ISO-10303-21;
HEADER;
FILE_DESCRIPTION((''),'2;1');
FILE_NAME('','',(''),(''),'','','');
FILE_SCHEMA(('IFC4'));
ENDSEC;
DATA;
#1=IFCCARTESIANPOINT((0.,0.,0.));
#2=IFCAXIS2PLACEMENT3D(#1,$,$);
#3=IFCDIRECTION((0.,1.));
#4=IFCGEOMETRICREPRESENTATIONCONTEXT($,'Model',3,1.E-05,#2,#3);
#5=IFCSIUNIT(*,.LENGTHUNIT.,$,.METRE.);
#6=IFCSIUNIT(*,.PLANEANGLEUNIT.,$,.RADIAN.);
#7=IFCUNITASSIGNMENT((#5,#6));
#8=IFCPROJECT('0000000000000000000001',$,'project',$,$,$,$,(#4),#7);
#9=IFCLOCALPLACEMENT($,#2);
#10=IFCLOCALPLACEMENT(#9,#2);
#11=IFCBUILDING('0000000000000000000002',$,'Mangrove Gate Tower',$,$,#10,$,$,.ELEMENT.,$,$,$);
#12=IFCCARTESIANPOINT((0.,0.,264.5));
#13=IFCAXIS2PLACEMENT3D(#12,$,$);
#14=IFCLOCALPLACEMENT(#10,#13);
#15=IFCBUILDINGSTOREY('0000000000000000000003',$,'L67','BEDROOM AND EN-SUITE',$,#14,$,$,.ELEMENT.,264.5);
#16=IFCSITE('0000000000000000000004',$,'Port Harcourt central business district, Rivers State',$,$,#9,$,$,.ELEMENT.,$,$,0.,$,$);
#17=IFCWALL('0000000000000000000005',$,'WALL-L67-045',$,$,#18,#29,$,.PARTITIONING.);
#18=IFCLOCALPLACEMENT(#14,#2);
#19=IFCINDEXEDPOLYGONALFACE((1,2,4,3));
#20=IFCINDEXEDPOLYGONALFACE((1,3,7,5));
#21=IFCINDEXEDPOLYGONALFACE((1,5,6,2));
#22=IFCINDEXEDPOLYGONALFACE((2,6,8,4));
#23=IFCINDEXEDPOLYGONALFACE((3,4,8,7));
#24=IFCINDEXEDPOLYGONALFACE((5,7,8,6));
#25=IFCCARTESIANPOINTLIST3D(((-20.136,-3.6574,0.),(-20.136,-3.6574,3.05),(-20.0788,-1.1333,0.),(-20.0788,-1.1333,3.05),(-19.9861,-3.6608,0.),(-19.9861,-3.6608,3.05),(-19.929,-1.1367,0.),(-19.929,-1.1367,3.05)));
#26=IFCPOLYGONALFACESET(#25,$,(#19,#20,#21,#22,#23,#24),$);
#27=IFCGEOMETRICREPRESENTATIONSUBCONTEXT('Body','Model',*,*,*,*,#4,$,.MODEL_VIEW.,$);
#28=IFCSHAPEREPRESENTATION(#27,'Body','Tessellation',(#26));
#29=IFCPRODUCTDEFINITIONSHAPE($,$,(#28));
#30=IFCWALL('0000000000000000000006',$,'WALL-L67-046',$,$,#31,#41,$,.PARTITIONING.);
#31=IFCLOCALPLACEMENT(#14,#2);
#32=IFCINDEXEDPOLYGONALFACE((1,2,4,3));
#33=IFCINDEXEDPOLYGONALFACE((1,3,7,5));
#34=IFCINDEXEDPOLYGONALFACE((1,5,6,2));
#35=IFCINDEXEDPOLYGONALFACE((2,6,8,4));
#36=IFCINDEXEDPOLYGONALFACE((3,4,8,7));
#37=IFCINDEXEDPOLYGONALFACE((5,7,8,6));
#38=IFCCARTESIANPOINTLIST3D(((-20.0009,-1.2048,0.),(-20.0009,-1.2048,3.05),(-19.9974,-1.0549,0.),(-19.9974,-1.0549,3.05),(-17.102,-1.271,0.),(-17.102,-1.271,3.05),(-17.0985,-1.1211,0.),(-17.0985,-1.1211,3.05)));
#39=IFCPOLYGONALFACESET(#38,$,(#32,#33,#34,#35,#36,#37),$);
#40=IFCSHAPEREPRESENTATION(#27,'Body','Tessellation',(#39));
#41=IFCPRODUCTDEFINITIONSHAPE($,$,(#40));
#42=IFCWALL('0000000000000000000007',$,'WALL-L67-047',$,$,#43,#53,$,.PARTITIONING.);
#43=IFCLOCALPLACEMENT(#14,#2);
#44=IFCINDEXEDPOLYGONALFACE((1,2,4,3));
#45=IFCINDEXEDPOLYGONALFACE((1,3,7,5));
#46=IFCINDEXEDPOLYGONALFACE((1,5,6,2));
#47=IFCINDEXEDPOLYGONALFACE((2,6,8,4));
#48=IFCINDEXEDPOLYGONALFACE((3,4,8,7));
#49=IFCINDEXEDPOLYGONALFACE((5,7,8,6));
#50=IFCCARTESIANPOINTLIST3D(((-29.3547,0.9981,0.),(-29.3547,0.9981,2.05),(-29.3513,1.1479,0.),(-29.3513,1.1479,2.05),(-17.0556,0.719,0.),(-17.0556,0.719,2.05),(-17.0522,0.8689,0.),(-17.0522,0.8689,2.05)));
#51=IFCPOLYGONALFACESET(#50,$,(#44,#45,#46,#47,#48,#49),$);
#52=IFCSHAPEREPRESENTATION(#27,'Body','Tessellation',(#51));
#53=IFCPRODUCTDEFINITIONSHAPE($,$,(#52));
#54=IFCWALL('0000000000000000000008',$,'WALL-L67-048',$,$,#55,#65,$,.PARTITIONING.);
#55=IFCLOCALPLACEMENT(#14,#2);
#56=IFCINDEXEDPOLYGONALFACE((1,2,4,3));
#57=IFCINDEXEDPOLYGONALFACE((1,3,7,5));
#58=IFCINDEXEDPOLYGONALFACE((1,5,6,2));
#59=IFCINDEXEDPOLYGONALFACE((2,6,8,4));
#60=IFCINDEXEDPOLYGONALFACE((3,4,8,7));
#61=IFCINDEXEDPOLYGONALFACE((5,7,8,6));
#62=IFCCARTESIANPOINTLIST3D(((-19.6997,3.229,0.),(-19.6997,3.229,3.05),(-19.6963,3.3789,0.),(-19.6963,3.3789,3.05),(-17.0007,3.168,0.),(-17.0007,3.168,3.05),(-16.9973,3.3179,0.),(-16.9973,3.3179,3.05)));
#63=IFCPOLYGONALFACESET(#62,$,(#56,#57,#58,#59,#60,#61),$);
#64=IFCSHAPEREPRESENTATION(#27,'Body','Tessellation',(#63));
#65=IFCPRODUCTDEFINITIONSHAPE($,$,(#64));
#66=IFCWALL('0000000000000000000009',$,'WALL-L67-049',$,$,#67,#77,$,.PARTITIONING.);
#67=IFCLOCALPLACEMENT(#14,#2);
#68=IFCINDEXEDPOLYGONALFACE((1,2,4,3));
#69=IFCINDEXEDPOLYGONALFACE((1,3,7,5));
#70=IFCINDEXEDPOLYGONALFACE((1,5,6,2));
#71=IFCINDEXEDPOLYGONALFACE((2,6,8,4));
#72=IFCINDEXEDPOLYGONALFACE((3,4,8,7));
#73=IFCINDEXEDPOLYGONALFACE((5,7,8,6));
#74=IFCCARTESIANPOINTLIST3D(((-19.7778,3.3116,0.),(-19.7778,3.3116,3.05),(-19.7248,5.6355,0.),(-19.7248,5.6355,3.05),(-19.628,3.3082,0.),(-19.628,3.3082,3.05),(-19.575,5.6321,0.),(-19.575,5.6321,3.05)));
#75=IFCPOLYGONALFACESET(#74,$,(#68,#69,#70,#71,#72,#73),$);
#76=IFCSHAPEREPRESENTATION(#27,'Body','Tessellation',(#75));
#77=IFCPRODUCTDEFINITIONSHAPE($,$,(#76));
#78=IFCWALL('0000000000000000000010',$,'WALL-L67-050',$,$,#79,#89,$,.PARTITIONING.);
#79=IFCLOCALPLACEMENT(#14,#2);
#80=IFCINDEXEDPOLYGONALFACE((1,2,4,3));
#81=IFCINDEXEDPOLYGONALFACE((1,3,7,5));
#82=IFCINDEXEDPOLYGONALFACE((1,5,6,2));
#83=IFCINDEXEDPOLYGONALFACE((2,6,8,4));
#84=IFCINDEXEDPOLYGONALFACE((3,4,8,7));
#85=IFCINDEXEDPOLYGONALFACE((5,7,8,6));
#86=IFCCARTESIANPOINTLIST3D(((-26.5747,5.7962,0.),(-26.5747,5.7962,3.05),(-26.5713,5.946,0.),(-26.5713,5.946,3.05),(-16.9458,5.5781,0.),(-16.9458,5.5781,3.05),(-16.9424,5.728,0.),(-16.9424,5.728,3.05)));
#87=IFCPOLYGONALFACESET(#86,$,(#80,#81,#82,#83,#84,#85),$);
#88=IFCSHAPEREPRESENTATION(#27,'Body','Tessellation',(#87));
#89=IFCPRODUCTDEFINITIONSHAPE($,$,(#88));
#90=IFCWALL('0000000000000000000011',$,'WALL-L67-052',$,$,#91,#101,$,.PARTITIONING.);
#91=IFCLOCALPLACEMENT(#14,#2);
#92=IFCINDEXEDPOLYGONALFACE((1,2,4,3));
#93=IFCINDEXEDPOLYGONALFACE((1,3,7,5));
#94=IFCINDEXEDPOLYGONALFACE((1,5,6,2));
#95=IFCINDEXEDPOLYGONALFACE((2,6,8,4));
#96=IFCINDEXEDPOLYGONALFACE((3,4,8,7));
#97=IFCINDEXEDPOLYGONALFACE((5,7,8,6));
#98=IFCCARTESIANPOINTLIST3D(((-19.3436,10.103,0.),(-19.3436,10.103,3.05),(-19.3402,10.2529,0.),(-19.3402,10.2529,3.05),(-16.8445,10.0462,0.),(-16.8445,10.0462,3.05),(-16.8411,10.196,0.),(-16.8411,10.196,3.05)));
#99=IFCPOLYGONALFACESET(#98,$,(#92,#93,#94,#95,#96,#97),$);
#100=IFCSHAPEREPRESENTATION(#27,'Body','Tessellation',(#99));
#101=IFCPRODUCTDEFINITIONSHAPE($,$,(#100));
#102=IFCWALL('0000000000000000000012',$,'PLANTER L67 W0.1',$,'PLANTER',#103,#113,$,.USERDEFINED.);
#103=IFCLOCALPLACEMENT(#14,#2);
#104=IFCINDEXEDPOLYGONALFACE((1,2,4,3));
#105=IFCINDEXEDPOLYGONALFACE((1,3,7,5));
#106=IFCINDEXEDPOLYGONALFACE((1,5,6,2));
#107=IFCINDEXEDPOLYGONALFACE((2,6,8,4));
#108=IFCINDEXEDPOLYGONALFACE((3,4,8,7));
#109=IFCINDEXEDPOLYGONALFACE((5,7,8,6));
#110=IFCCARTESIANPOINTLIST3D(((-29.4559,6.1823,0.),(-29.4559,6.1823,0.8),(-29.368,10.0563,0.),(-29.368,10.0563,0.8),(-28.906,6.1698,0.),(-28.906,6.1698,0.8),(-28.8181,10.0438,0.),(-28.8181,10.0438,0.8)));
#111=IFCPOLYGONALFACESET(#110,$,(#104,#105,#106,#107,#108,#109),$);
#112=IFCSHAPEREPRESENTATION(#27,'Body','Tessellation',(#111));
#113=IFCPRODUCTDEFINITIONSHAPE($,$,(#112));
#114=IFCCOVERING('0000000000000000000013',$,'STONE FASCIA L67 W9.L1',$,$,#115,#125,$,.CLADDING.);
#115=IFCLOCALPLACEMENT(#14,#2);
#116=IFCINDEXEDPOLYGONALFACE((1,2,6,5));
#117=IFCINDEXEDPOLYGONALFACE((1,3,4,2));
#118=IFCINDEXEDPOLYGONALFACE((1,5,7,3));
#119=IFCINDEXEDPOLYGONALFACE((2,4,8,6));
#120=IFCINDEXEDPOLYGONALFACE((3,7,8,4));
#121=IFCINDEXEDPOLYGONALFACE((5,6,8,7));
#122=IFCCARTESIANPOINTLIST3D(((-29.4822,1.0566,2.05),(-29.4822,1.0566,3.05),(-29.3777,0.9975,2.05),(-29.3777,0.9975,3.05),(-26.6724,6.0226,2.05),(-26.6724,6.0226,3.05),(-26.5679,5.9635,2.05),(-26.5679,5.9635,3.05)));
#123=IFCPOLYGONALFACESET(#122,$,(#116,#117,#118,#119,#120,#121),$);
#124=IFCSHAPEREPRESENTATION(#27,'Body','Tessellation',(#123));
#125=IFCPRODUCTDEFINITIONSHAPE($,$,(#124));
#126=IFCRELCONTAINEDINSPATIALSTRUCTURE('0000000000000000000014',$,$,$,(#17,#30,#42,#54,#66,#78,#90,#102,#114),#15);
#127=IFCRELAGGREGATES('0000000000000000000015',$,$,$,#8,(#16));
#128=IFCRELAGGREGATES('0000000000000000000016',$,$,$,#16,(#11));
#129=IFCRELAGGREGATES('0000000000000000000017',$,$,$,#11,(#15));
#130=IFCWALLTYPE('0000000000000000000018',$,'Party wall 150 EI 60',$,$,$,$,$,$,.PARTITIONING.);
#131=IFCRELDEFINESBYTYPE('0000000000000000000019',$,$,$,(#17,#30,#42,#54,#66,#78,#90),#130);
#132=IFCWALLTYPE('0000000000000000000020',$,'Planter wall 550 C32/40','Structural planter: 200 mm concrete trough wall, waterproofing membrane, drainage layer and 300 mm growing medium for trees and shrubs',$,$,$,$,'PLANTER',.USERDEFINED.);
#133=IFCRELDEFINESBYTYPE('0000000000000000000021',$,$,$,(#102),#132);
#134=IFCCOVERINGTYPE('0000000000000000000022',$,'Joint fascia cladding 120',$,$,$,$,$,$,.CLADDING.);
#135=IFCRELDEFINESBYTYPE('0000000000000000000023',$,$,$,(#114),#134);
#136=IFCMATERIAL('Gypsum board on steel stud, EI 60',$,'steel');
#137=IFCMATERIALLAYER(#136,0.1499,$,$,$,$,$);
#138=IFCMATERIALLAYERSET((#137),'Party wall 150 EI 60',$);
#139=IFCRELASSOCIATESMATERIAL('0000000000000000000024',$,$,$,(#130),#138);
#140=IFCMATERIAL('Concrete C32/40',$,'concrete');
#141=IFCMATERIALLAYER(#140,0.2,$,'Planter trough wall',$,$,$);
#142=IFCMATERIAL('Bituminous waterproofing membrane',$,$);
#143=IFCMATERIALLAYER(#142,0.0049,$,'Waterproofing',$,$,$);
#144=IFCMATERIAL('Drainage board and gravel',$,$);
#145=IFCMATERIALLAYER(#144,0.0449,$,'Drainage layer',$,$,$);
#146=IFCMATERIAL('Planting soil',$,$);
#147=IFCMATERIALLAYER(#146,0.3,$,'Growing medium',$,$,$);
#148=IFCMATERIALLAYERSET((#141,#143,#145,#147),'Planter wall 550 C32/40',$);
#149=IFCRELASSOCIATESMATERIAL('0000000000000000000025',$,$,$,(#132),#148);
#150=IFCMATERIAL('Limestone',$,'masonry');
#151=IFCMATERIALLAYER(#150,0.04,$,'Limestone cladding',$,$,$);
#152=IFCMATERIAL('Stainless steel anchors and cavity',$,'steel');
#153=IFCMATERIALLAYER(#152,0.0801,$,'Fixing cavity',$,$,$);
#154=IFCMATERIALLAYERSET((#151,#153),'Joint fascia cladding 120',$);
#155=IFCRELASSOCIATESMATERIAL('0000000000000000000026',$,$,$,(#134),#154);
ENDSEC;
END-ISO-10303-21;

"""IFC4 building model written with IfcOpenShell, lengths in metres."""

from ifc_helpers import new_model, si_unit, direction, frame, frame_2d, origin, place, context, subcontext, project, spatial, rectangle, extrude, material, layer, layer_set, type_object, element, save


model = new_model("IFC4")

# Units and contexts
model_context = context("Model", 3, precision=1e-05, world=origin(), true_north=direction((0.0, 1.0)))
body_context = subcontext(model_context, "Body", "Model", "MODEL_VIEW")
ifc_project = project(units=[si_unit("LENGTHUNIT", "METRE"), si_unit("PLANEANGLEUNIT", "RADIAN")], contexts=[model_context])

# Site, building, storey
site_placement = place(None, origin())
site = spatial("IfcSite", under=ifc_project, at=site_placement, Name="Port Harcourt central business district, Rivers State", CompositionType="ELEMENT", RefElevation=0.0)
building_placement = place(site_placement, origin())
building = spatial("IfcBuilding", under=site, at=building_placement, Name="Mangrove Gate Tower", CompositionType="ELEMENT")
storey_placement = place(building_placement, frame((0.0, 0.0, 264.5)))
storey = spatial("IfcBuildingStorey", under=building, at=storey_placement, Name="L67", Description="BEDROOM AND EN-SUITE", CompositionType="ELEMENT", Elevation=264.5)

# Shared definitions
ifc_material_1 = material(Name="Limestone", Category="masonry")

# Walls
ifc_material_2 = material(Name="Gypsum board on steel stud, EI 60", Category="steel")
ifc_layer_1 = layer(ifc_material_2, 0.1499)
ifc_layer_set_1 = layer_set([ifc_layer_1], Name="Party wall 150 EI 60")
wall_type_1 = type_object("IfcWallType", Name="Party wall 150 EI 60", PredefinedType="PARTITIONING", material=ifc_layer_set_1)
wall_1_placement = place(storey_placement, frame((-20.061, -3.6589, 0.0), z_axis=(0.0, 0.0, 1.0), x_axis=(0.022629, 0.999744, 0.0)))
element("IfcWall", 1, at=wall_1_placement, inside=storey, type_object=wall_type_1, Name="WALL-L67-045", PredefinedType="PARTITIONING", context=body_context, shape_type="SweptSolid", body=[
    extrude(rectangle(XDim=2.5247, YDim=0.1499, at=frame_2d((1.2622, 0.0))), origin(), (0.0, 0.0, 1.0), 3.05),
])
wall_2_placement = place(storey_placement, frame((-19.999, -1.1299, 0.0), z_axis=(0.0, 0.0, 1.0), x_axis=(0.99974, -0.022817, 0.0)))
element("IfcWall", 2, at=wall_2_placement, inside=storey, type_object=wall_type_1, Name="WALL-L67-046", PredefinedType="PARTITIONING", context=body_context, shape_type="SweptSolid", body=[
    extrude(rectangle(XDim=2.8997, YDim=0.1499, at=frame_2d((1.4497, 0.0))), origin(), (0.0, 0.0, 1.0), 3.05),
])
wall_3_placement = place(storey_placement, frame((-29.353, 1.073, 0.0), z_axis=(0.0, 0.0, 1.0), x_axis=(0.999743, -0.022683, 0.0)))
element("IfcWall", 3, at=wall_3_placement, inside=storey, type_object=wall_type_1, Name="WALL-L67-047", PredefinedType="PARTITIONING", context=body_context, shape_type="SweptSolid", body=[
    extrude(rectangle(XDim=12.3022, YDim=0.1499, at=frame_2d((6.1511, 0.0))), origin(), (0.0, 0.0, 1.0), 2.05),
])
wall_4_placement = place(storey_placement, frame((-19.698, 3.304, 0.0), z_axis=(0.0, 0.0, 1.0), x_axis=(0.999744, -0.022608, 0.0)))
element("IfcWall", 4, at=wall_4_placement, inside=storey, type_object=wall_type_1, Name="WALL-L67-048", PredefinedType="PARTITIONING", context=body_context, shape_type="SweptSolid", body=[
    extrude(rectangle(XDim=2.6997, YDim=0.1499, at=frame_2d((1.3499, 0.0))), origin(), (0.0, 0.0, 1.0), 3.05),
])
wall_5_placement = place(storey_placement, frame((-19.7029, 3.3101, 0.0), z_axis=(0.0, 0.0, 1.0), x_axis=(0.022791, 0.99974, 0.0)))
element("IfcWall", 5, at=wall_5_placement, inside=storey, type_object=wall_type_1, Name="WALL-L67-049", PredefinedType="PARTITIONING", context=body_context, shape_type="SweptSolid", body=[
    extrude(rectangle(XDim=2.3245, YDim=0.1499, at=frame_2d((1.1621, 0.0))), origin(), (0.0, 0.0, 1.0), 3.05),
])
wall_6_placement = place(storey_placement, frame((-26.573, 5.8711, 0.0), z_axis=(0.0, 0.0, 1.0), x_axis=(0.999744, -0.022636, 0.0)))
element("IfcWall", 6, at=wall_6_placement, inside=storey, type_object=wall_type_1, Name="WALL-L67-050", PredefinedType="PARTITIONING", context=body_context, shape_type="SweptSolid", body=[
    extrude(rectangle(XDim=9.6313, YDim=0.1499, at=frame_2d((4.8157, 0.0))), origin(), (0.0, 0.0, 1.0), 3.05),
])
wall_7_placement = place(storey_placement, frame((-19.342, 10.178, 0.0), z_axis=(0.0, 0.0, 1.0), x_axis=(0.999741, -0.022757, 0.0)))
element("IfcWall", 7, at=wall_7_placement, inside=storey, type_object=wall_type_1, Name="WALL-L67-052", PredefinedType="PARTITIONING", context=body_context, shape_type="SweptSolid", body=[
    extrude(rectangle(XDim=2.4998, YDim=0.1499, at=frame_2d((1.25, 0.0))), origin(), (0.0, 0.0, 1.0), 3.05),
])
ifc_material_3 = material(Name="Concrete C32/40", Category="concrete")
ifc_layer_2 = layer(ifc_material_3, 0.2, Name="Planter trough wall")
ifc_material_4 = material(Name="Bituminous waterproofing membrane")
ifc_layer_3 = layer(ifc_material_4, 0.0049, Name="Waterproofing")
ifc_material_5 = material(Name="Drainage board and gravel")
ifc_layer_4 = layer(ifc_material_5, 0.0449, Name="Drainage layer")
ifc_material_6 = material(Name="Planting soil")
ifc_layer_5 = layer(ifc_material_6, 0.3, Name="Growing medium")
ifc_layer_set_2 = layer_set([ifc_layer_2, ifc_layer_3, ifc_layer_4, ifc_layer_5], Name="Planter wall 550 C32/40")
wall_type_2 = type_object("IfcWallType", Name="Planter wall 550 C32/40", Description="Structural planter: 200 mm concrete trough wall, waterproofing membrane, drainage layer and 300 mm growing medium for trees and shrubs", ElementType="PLANTER", PredefinedType="USERDEFINED", material=ifc_layer_set_2)
wall_8_placement = place(storey_placement, frame((-29.1809, 6.176, 0.0), z_axis=(0.0, 0.0, 1.0), x_axis=(0.022681, 0.999743, 0.0)))
element("IfcWall", 8, at=wall_8_placement, inside=storey, type_object=wall_type_2, Name="PLANTER L67 W0.1", ObjectType="PLANTER", PredefinedType="USERDEFINED", context=body_context, shape_type="SweptSolid", body=[
    extrude(rectangle(XDim=3.875, YDim=0.55, at=frame_2d((1.9375, 0.0))), origin(), (0.0, 0.0, 1.0), 0.8),
])

# Covering
ifc_layer_6 = layer(ifc_material_1, 0.04, Name="Limestone cladding")
ifc_material_7 = material(Name="Stainless steel anchors and cavity", Category="steel")
ifc_layer_7 = layer(ifc_material_7, 0.0801, Name="Fixing cavity")
ifc_layer_set_3 = layer_set([ifc_layer_6, ifc_layer_7], Name="Joint fascia cladding 120")
covering_type = type_object("IfcCoveringType", Name="Joint fascia cladding 120", PredefinedType="CLADDING", material=ifc_layer_set_3)
covering_placement = place(storey_placement, frame((-26.6201, 5.9932, 2.05), z_axis=(0.0, 0.0, 1.0), x_axis=(-0.492444, -0.870344, 0.0)))
element("IfcCovering", 9, at=covering_placement, inside=storey, type_object=covering_type, Name="STONE FASCIA L67 W9.L1", PredefinedType="CLADDING", context=body_context, shape_type="SweptSolid", body=[
    extrude(rectangle(XDim=5.7058, YDim=0.1201, at=frame_2d((2.853, 0.0))), origin(), (0.0, 0.0, 1.0), 1.0),
])

save(model, "model.ifc")
